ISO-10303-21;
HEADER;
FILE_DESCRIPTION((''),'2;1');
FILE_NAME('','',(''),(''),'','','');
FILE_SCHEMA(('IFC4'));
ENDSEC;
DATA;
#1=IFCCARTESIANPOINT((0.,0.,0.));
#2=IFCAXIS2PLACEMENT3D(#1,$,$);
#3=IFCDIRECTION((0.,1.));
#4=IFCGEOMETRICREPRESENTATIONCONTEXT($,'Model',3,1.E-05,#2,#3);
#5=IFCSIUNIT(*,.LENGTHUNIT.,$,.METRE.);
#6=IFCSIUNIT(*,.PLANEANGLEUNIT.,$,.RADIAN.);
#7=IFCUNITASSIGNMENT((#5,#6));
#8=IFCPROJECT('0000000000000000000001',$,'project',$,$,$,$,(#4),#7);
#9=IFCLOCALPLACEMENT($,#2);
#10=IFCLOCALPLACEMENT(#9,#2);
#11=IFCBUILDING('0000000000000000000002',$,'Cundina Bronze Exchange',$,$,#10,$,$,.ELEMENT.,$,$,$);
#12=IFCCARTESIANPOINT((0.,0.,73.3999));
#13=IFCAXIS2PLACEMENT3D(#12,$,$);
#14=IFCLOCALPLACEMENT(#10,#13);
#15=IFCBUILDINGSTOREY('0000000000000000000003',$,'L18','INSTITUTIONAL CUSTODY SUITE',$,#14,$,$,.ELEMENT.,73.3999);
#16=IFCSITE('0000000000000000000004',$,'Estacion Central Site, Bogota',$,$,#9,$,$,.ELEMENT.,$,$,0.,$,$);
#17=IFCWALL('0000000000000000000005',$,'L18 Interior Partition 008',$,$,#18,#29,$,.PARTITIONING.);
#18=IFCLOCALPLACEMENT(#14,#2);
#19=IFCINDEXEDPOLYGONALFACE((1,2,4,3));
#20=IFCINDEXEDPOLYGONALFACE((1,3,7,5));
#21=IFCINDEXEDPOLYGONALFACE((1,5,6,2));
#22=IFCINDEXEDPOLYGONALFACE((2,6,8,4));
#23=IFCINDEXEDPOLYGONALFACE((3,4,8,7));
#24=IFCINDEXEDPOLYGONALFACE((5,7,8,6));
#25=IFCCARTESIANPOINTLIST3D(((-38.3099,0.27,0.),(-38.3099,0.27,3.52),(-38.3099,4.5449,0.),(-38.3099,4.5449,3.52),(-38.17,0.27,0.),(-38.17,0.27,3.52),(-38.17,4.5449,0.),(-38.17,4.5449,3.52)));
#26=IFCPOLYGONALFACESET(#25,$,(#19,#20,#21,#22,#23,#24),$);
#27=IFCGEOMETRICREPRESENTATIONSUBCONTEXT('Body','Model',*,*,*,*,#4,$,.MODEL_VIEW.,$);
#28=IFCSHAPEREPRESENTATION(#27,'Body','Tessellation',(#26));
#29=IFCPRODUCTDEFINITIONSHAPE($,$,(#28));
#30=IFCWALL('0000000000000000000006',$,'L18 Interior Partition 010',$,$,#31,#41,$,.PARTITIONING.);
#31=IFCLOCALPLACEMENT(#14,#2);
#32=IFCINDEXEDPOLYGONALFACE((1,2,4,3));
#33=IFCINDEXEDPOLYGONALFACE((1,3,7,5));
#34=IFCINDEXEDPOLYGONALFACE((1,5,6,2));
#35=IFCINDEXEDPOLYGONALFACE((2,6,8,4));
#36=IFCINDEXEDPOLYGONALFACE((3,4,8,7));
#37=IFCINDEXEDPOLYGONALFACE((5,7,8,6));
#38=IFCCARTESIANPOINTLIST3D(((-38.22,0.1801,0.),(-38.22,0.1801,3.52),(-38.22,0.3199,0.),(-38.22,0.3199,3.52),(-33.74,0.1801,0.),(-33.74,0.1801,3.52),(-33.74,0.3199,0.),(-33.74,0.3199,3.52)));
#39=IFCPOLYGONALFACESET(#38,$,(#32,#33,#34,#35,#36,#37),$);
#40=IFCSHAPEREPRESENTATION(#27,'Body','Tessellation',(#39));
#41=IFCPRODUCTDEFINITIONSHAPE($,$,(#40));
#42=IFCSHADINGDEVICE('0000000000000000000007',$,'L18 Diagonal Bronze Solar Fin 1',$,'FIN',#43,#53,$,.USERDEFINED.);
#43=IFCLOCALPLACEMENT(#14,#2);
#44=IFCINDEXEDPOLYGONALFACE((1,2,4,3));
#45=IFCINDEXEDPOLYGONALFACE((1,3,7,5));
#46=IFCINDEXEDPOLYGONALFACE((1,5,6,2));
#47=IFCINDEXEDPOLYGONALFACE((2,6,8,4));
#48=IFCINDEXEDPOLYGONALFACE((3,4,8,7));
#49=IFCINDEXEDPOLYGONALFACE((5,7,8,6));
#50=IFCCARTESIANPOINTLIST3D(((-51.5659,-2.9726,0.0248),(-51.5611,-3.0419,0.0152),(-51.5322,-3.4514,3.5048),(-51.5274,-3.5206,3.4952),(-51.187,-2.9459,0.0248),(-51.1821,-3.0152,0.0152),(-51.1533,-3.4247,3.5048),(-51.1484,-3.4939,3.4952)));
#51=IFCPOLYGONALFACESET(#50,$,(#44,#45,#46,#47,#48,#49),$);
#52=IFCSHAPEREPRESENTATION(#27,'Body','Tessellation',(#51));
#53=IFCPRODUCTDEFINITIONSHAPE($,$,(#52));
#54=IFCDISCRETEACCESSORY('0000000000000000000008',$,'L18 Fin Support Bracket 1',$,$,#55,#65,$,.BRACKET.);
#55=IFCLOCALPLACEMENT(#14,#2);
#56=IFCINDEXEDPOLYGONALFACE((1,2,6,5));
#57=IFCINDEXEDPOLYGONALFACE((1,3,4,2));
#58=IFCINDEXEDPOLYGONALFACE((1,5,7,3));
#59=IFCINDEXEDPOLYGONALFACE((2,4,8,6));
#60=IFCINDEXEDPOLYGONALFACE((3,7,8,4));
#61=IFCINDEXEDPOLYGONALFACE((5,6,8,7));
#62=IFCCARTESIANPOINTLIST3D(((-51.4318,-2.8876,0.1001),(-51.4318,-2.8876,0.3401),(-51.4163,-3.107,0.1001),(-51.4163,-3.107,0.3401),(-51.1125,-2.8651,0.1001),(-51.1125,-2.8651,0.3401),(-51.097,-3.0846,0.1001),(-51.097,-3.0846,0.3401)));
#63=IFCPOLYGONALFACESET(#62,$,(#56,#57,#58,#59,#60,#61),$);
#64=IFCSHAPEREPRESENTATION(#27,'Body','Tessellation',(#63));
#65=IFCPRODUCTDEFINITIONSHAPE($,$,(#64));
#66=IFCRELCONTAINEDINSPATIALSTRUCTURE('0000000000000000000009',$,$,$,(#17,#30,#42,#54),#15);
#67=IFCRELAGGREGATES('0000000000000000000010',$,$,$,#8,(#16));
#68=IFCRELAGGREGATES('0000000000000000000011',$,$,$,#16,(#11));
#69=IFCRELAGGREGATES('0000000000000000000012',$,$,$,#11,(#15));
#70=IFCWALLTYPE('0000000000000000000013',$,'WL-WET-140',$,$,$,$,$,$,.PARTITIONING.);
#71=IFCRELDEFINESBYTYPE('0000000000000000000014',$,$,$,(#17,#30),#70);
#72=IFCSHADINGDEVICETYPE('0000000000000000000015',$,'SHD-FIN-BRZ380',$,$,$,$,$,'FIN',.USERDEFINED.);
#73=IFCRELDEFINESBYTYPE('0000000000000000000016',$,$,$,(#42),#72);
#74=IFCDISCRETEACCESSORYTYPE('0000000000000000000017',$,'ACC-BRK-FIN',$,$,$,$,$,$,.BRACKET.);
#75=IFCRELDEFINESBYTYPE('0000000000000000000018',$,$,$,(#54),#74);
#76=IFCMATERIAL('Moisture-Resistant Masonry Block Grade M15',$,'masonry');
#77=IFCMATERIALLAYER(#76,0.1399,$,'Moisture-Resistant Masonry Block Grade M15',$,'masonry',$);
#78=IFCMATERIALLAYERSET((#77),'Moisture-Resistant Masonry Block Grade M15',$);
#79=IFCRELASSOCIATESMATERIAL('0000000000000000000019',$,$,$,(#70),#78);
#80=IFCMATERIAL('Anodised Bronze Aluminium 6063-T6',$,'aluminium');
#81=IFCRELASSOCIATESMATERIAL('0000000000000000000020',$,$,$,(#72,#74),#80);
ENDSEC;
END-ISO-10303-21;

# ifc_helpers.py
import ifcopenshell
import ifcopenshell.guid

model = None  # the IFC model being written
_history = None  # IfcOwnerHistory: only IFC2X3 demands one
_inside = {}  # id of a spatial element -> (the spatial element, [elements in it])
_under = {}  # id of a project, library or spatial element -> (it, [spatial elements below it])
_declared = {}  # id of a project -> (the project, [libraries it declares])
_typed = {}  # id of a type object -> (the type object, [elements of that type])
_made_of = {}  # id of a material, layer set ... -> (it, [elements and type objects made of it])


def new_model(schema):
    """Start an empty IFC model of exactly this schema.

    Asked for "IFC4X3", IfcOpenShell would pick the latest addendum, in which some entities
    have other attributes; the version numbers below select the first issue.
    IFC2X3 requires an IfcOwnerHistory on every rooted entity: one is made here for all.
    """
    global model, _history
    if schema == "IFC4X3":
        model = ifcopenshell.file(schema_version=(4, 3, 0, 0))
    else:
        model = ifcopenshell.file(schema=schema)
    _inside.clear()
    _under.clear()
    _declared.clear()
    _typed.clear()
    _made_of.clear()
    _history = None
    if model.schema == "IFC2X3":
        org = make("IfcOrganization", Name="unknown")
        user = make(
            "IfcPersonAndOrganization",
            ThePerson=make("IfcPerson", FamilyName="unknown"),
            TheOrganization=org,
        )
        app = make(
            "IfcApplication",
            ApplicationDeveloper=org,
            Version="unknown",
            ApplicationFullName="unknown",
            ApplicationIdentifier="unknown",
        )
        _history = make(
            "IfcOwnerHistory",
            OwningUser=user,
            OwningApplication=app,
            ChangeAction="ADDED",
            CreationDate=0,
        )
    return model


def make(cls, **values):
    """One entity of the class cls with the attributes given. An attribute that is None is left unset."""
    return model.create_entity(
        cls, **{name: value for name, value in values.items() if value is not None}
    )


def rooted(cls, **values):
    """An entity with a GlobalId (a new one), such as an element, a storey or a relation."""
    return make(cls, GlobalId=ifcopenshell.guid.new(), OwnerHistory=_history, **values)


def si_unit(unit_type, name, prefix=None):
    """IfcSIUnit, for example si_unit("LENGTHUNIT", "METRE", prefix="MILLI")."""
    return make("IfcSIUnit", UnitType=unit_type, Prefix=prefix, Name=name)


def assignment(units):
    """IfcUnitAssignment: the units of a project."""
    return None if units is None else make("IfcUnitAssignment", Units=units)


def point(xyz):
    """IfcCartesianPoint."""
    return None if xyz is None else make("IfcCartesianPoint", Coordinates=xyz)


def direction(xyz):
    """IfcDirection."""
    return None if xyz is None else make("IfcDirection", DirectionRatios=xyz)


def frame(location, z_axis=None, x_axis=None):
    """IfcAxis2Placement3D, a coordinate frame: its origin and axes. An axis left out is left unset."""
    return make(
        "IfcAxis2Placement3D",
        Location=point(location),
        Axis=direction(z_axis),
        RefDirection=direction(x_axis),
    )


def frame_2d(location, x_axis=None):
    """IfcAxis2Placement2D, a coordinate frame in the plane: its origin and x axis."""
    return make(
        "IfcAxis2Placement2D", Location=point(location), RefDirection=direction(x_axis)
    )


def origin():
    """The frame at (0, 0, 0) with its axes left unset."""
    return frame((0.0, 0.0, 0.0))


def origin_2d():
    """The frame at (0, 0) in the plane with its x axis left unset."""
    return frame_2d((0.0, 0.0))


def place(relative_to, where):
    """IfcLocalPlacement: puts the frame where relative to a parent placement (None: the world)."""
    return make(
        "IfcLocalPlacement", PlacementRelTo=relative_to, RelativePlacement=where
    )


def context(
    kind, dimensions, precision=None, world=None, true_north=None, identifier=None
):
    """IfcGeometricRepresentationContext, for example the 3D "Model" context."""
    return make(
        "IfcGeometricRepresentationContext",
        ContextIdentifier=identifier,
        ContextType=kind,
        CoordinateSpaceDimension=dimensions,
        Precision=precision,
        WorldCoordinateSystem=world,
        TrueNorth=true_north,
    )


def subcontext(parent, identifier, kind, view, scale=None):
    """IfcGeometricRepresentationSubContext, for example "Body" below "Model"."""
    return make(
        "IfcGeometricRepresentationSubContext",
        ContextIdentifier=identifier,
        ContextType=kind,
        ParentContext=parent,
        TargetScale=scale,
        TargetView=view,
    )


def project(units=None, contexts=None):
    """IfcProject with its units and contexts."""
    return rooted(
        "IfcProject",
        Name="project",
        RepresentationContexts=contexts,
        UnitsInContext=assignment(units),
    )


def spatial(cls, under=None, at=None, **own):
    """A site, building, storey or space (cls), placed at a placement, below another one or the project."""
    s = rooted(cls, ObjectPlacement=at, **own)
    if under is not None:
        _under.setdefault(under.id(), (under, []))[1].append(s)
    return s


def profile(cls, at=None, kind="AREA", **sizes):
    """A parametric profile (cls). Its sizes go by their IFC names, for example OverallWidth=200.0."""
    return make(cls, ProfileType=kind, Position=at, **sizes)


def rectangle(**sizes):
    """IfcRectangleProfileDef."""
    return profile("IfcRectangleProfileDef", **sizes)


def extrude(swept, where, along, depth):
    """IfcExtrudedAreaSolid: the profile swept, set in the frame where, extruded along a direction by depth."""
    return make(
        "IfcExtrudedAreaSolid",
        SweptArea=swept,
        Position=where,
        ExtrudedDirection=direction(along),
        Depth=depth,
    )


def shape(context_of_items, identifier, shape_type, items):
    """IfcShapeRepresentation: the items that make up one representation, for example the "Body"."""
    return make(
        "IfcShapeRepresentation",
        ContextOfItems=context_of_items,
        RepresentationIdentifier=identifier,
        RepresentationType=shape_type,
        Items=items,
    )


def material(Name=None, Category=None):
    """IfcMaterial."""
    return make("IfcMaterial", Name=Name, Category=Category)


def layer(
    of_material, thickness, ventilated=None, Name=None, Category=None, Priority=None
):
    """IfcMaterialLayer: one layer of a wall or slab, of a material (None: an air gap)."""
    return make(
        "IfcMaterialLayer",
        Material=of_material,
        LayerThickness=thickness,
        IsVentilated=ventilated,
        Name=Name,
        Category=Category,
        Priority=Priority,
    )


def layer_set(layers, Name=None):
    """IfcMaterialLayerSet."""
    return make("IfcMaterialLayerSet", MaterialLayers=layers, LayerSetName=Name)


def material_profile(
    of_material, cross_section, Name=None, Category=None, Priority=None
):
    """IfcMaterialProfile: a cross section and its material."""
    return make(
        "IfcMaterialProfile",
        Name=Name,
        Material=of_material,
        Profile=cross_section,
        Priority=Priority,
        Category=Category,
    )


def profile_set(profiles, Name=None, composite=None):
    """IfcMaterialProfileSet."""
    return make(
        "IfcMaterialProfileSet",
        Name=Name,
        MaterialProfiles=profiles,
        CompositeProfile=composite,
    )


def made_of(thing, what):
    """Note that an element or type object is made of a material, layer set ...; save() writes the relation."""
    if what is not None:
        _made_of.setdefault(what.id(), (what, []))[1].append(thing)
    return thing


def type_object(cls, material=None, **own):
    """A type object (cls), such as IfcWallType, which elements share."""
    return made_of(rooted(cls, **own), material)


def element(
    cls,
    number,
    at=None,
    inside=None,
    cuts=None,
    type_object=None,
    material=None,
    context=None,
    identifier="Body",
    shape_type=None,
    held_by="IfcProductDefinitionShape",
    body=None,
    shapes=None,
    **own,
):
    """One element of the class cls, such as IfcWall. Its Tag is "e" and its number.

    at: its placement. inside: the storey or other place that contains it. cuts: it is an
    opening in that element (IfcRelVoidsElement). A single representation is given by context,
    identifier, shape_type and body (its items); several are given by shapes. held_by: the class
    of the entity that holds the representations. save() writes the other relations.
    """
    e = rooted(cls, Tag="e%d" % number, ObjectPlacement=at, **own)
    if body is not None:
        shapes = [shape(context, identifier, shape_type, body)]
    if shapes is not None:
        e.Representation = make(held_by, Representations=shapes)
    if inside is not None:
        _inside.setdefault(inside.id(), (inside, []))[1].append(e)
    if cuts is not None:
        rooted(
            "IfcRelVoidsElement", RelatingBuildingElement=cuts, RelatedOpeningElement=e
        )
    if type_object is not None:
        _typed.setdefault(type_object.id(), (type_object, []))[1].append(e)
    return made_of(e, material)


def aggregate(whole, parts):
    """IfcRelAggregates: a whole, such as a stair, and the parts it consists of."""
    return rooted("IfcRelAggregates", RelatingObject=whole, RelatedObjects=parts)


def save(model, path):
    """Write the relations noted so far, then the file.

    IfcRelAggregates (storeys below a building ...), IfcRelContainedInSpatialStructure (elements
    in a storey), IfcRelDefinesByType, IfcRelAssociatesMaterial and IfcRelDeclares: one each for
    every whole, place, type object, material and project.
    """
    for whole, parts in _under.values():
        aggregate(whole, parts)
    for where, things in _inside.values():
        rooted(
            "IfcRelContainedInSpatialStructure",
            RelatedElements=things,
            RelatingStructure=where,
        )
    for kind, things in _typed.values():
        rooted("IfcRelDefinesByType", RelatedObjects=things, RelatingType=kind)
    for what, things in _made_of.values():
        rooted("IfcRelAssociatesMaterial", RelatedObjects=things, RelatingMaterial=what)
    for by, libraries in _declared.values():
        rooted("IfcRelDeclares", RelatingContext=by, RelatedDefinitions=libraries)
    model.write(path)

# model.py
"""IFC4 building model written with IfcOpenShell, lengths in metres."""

from ifc_helpers import new_model, si_unit, direction, frame, frame_2d, origin, origin_2d, place, context, subcontext, project, spatial, rectangle, extrude, material, layer, layer_set, material_profile, profile_set, type_object, element, save


model = new_model("IFC4")

# Units and contexts
model_context = context("Model", 3, precision=1e-05, world=origin(), true_north=direction((0.0, 1.0)))
body_context = subcontext(model_context, "Body", "Model", "MODEL_VIEW")
ifc_project = project(units=[si_unit("LENGTHUNIT", "METRE"), si_unit("PLANEANGLEUNIT", "RADIAN")], contexts=[model_context])

# Site, building, storey
site_placement = place(None, origin())
site = spatial("IfcSite", under=ifc_project, at=site_placement, Name="Estacion Central Site, Bogota", CompositionType="ELEMENT", RefElevation=0.0)
building_placement = place(site_placement, origin())
building = spatial("IfcBuilding", under=site, at=building_placement, Name="Cundina Bronze Exchange", CompositionType="ELEMENT")
storey_placement = place(building_placement, frame((0.0, 0.0, 73.3999)))
storey = spatial("IfcBuildingStorey", under=building, at=storey_placement, Name="L18", Description="INSTITUTIONAL CUSTODY SUITE", CompositionType="ELEMENT", Elevation=73.3999)

# Shared definitions
ifc_material_1 = material(Name="Anodised Bronze Aluminium 6063-T6", Category="aluminium")

# Walls
ifc_material_2 = material(Name="Moisture-Resistant Masonry Block Grade M15", Category="masonry")
ifc_layer_1 = layer(ifc_material_2, 0.1399, Name="Moisture-Resistant Masonry Block Grade M15", Category="masonry")
ifc_layer_set_1 = layer_set([ifc_layer_1], Name="Moisture-Resistant Masonry Block Grade M15")
wall_type_1 = type_object("IfcWallType", Name="WL-WET-140", PredefinedType="PARTITIONING", material=ifc_layer_set_1)
wall_1_placement = place(storey_placement, frame((-38.24, 0.27, 0.0), z_axis=(0.0, 0.0, 1.0), x_axis=(0.0, 1.0, 0.0)))
element("IfcWall", 1, at=wall_1_placement, inside=storey, type_object=wall_type_1, Name="L18 Interior Partition 008", PredefinedType="PARTITIONING", context=body_context, shape_type="SweptSolid", body=[
    extrude(rectangle(XDim=4.2749, YDim=0.1399, at=frame_2d((2.1375, 0.0))), origin(), (0.0, 0.0, 1.0), 3.52),
])
wall_2_placement = place(storey_placement, frame((-38.22, 0.25, 0.0), z_axis=(0.0, 0.0, 1.0), x_axis=(1.0, 0.0, 0.0)))
element("IfcWall", 2, at=wall_2_placement, inside=storey, type_object=wall_type_1, Name="L18 Interior Partition 010", PredefinedType="PARTITIONING", context=body_context, shape_type="SweptSolid", body=[
    extrude(rectangle(XDim=4.48, YDim=0.1399, at=frame_2d((2.24, 0.0))), origin(), (0.0, 0.0, 1.0), 3.52),
])

# Shading device
ifc_material_profile_1 = material_profile(ifc_material_1, rectangle(XDim=0.0701, YDim=0.3799, at=origin_2d()), Name="FIN70X380", Category="aluminium")
ifc_profile_set_1 = profile_set([ifc_material_profile_1], Name="Anodised Bronze Aluminium 6063-T6")
shading_device_type = type_object("IfcShadingDeviceType", Name="SHD-FIN-BRZ380", ElementType="FIN", PredefinedType="USERDEFINED", material=ifc_profile_set_1)
shading_device_placement = place(storey_placement, frame((-51.374, -2.9939, 0.02), z_axis=(0.009591, -0.136285, 0.990623), x_axis=(-0.06954, 0.988179, 0.136622)))
element("IfcShadingDevice", 3, at=shading_device_placement, inside=storey, type_object=shading_device_type, Name="L18 Diagonal Bronze Solar Fin 1", ObjectType="FIN", PredefinedType="USERDEFINED", context=body_context, shape_type="SweptSolid", body=[
    extrude(rectangle(XDim=0.0701, YDim=0.3799, at=origin_2d()), origin(), (0.0, 0.0, 1.0), 3.5129),
])

# Discrete accessory
discrete_accessory_type = type_object("IfcDiscreteAccessoryType", Name="ACC-BRK-FIN", PredefinedType="BRACKET", material=ifc_material_1)
discrete_accessory_placement = place(storey_placement, frame((-51.2644, -2.9861, 0.1001), z_axis=(0.0, 0.0, 1.0), x_axis=(0.070279, -0.997527, 0.0)))
element("IfcDiscreteAccessory", 4, at=discrete_accessory_placement, inside=storey, type_object=discrete_accessory_type, Name="L18 Fin Support Bracket 1", PredefinedType="BRACKET", context=body_context, shape_type="SweptSolid", body=[
    extrude(rectangle(XDim=0.22, YDim=0.3201, at=origin_2d()), origin(), (0.0, 0.0, 1.0), 0.24),
])

save(model, "model.ifc")
